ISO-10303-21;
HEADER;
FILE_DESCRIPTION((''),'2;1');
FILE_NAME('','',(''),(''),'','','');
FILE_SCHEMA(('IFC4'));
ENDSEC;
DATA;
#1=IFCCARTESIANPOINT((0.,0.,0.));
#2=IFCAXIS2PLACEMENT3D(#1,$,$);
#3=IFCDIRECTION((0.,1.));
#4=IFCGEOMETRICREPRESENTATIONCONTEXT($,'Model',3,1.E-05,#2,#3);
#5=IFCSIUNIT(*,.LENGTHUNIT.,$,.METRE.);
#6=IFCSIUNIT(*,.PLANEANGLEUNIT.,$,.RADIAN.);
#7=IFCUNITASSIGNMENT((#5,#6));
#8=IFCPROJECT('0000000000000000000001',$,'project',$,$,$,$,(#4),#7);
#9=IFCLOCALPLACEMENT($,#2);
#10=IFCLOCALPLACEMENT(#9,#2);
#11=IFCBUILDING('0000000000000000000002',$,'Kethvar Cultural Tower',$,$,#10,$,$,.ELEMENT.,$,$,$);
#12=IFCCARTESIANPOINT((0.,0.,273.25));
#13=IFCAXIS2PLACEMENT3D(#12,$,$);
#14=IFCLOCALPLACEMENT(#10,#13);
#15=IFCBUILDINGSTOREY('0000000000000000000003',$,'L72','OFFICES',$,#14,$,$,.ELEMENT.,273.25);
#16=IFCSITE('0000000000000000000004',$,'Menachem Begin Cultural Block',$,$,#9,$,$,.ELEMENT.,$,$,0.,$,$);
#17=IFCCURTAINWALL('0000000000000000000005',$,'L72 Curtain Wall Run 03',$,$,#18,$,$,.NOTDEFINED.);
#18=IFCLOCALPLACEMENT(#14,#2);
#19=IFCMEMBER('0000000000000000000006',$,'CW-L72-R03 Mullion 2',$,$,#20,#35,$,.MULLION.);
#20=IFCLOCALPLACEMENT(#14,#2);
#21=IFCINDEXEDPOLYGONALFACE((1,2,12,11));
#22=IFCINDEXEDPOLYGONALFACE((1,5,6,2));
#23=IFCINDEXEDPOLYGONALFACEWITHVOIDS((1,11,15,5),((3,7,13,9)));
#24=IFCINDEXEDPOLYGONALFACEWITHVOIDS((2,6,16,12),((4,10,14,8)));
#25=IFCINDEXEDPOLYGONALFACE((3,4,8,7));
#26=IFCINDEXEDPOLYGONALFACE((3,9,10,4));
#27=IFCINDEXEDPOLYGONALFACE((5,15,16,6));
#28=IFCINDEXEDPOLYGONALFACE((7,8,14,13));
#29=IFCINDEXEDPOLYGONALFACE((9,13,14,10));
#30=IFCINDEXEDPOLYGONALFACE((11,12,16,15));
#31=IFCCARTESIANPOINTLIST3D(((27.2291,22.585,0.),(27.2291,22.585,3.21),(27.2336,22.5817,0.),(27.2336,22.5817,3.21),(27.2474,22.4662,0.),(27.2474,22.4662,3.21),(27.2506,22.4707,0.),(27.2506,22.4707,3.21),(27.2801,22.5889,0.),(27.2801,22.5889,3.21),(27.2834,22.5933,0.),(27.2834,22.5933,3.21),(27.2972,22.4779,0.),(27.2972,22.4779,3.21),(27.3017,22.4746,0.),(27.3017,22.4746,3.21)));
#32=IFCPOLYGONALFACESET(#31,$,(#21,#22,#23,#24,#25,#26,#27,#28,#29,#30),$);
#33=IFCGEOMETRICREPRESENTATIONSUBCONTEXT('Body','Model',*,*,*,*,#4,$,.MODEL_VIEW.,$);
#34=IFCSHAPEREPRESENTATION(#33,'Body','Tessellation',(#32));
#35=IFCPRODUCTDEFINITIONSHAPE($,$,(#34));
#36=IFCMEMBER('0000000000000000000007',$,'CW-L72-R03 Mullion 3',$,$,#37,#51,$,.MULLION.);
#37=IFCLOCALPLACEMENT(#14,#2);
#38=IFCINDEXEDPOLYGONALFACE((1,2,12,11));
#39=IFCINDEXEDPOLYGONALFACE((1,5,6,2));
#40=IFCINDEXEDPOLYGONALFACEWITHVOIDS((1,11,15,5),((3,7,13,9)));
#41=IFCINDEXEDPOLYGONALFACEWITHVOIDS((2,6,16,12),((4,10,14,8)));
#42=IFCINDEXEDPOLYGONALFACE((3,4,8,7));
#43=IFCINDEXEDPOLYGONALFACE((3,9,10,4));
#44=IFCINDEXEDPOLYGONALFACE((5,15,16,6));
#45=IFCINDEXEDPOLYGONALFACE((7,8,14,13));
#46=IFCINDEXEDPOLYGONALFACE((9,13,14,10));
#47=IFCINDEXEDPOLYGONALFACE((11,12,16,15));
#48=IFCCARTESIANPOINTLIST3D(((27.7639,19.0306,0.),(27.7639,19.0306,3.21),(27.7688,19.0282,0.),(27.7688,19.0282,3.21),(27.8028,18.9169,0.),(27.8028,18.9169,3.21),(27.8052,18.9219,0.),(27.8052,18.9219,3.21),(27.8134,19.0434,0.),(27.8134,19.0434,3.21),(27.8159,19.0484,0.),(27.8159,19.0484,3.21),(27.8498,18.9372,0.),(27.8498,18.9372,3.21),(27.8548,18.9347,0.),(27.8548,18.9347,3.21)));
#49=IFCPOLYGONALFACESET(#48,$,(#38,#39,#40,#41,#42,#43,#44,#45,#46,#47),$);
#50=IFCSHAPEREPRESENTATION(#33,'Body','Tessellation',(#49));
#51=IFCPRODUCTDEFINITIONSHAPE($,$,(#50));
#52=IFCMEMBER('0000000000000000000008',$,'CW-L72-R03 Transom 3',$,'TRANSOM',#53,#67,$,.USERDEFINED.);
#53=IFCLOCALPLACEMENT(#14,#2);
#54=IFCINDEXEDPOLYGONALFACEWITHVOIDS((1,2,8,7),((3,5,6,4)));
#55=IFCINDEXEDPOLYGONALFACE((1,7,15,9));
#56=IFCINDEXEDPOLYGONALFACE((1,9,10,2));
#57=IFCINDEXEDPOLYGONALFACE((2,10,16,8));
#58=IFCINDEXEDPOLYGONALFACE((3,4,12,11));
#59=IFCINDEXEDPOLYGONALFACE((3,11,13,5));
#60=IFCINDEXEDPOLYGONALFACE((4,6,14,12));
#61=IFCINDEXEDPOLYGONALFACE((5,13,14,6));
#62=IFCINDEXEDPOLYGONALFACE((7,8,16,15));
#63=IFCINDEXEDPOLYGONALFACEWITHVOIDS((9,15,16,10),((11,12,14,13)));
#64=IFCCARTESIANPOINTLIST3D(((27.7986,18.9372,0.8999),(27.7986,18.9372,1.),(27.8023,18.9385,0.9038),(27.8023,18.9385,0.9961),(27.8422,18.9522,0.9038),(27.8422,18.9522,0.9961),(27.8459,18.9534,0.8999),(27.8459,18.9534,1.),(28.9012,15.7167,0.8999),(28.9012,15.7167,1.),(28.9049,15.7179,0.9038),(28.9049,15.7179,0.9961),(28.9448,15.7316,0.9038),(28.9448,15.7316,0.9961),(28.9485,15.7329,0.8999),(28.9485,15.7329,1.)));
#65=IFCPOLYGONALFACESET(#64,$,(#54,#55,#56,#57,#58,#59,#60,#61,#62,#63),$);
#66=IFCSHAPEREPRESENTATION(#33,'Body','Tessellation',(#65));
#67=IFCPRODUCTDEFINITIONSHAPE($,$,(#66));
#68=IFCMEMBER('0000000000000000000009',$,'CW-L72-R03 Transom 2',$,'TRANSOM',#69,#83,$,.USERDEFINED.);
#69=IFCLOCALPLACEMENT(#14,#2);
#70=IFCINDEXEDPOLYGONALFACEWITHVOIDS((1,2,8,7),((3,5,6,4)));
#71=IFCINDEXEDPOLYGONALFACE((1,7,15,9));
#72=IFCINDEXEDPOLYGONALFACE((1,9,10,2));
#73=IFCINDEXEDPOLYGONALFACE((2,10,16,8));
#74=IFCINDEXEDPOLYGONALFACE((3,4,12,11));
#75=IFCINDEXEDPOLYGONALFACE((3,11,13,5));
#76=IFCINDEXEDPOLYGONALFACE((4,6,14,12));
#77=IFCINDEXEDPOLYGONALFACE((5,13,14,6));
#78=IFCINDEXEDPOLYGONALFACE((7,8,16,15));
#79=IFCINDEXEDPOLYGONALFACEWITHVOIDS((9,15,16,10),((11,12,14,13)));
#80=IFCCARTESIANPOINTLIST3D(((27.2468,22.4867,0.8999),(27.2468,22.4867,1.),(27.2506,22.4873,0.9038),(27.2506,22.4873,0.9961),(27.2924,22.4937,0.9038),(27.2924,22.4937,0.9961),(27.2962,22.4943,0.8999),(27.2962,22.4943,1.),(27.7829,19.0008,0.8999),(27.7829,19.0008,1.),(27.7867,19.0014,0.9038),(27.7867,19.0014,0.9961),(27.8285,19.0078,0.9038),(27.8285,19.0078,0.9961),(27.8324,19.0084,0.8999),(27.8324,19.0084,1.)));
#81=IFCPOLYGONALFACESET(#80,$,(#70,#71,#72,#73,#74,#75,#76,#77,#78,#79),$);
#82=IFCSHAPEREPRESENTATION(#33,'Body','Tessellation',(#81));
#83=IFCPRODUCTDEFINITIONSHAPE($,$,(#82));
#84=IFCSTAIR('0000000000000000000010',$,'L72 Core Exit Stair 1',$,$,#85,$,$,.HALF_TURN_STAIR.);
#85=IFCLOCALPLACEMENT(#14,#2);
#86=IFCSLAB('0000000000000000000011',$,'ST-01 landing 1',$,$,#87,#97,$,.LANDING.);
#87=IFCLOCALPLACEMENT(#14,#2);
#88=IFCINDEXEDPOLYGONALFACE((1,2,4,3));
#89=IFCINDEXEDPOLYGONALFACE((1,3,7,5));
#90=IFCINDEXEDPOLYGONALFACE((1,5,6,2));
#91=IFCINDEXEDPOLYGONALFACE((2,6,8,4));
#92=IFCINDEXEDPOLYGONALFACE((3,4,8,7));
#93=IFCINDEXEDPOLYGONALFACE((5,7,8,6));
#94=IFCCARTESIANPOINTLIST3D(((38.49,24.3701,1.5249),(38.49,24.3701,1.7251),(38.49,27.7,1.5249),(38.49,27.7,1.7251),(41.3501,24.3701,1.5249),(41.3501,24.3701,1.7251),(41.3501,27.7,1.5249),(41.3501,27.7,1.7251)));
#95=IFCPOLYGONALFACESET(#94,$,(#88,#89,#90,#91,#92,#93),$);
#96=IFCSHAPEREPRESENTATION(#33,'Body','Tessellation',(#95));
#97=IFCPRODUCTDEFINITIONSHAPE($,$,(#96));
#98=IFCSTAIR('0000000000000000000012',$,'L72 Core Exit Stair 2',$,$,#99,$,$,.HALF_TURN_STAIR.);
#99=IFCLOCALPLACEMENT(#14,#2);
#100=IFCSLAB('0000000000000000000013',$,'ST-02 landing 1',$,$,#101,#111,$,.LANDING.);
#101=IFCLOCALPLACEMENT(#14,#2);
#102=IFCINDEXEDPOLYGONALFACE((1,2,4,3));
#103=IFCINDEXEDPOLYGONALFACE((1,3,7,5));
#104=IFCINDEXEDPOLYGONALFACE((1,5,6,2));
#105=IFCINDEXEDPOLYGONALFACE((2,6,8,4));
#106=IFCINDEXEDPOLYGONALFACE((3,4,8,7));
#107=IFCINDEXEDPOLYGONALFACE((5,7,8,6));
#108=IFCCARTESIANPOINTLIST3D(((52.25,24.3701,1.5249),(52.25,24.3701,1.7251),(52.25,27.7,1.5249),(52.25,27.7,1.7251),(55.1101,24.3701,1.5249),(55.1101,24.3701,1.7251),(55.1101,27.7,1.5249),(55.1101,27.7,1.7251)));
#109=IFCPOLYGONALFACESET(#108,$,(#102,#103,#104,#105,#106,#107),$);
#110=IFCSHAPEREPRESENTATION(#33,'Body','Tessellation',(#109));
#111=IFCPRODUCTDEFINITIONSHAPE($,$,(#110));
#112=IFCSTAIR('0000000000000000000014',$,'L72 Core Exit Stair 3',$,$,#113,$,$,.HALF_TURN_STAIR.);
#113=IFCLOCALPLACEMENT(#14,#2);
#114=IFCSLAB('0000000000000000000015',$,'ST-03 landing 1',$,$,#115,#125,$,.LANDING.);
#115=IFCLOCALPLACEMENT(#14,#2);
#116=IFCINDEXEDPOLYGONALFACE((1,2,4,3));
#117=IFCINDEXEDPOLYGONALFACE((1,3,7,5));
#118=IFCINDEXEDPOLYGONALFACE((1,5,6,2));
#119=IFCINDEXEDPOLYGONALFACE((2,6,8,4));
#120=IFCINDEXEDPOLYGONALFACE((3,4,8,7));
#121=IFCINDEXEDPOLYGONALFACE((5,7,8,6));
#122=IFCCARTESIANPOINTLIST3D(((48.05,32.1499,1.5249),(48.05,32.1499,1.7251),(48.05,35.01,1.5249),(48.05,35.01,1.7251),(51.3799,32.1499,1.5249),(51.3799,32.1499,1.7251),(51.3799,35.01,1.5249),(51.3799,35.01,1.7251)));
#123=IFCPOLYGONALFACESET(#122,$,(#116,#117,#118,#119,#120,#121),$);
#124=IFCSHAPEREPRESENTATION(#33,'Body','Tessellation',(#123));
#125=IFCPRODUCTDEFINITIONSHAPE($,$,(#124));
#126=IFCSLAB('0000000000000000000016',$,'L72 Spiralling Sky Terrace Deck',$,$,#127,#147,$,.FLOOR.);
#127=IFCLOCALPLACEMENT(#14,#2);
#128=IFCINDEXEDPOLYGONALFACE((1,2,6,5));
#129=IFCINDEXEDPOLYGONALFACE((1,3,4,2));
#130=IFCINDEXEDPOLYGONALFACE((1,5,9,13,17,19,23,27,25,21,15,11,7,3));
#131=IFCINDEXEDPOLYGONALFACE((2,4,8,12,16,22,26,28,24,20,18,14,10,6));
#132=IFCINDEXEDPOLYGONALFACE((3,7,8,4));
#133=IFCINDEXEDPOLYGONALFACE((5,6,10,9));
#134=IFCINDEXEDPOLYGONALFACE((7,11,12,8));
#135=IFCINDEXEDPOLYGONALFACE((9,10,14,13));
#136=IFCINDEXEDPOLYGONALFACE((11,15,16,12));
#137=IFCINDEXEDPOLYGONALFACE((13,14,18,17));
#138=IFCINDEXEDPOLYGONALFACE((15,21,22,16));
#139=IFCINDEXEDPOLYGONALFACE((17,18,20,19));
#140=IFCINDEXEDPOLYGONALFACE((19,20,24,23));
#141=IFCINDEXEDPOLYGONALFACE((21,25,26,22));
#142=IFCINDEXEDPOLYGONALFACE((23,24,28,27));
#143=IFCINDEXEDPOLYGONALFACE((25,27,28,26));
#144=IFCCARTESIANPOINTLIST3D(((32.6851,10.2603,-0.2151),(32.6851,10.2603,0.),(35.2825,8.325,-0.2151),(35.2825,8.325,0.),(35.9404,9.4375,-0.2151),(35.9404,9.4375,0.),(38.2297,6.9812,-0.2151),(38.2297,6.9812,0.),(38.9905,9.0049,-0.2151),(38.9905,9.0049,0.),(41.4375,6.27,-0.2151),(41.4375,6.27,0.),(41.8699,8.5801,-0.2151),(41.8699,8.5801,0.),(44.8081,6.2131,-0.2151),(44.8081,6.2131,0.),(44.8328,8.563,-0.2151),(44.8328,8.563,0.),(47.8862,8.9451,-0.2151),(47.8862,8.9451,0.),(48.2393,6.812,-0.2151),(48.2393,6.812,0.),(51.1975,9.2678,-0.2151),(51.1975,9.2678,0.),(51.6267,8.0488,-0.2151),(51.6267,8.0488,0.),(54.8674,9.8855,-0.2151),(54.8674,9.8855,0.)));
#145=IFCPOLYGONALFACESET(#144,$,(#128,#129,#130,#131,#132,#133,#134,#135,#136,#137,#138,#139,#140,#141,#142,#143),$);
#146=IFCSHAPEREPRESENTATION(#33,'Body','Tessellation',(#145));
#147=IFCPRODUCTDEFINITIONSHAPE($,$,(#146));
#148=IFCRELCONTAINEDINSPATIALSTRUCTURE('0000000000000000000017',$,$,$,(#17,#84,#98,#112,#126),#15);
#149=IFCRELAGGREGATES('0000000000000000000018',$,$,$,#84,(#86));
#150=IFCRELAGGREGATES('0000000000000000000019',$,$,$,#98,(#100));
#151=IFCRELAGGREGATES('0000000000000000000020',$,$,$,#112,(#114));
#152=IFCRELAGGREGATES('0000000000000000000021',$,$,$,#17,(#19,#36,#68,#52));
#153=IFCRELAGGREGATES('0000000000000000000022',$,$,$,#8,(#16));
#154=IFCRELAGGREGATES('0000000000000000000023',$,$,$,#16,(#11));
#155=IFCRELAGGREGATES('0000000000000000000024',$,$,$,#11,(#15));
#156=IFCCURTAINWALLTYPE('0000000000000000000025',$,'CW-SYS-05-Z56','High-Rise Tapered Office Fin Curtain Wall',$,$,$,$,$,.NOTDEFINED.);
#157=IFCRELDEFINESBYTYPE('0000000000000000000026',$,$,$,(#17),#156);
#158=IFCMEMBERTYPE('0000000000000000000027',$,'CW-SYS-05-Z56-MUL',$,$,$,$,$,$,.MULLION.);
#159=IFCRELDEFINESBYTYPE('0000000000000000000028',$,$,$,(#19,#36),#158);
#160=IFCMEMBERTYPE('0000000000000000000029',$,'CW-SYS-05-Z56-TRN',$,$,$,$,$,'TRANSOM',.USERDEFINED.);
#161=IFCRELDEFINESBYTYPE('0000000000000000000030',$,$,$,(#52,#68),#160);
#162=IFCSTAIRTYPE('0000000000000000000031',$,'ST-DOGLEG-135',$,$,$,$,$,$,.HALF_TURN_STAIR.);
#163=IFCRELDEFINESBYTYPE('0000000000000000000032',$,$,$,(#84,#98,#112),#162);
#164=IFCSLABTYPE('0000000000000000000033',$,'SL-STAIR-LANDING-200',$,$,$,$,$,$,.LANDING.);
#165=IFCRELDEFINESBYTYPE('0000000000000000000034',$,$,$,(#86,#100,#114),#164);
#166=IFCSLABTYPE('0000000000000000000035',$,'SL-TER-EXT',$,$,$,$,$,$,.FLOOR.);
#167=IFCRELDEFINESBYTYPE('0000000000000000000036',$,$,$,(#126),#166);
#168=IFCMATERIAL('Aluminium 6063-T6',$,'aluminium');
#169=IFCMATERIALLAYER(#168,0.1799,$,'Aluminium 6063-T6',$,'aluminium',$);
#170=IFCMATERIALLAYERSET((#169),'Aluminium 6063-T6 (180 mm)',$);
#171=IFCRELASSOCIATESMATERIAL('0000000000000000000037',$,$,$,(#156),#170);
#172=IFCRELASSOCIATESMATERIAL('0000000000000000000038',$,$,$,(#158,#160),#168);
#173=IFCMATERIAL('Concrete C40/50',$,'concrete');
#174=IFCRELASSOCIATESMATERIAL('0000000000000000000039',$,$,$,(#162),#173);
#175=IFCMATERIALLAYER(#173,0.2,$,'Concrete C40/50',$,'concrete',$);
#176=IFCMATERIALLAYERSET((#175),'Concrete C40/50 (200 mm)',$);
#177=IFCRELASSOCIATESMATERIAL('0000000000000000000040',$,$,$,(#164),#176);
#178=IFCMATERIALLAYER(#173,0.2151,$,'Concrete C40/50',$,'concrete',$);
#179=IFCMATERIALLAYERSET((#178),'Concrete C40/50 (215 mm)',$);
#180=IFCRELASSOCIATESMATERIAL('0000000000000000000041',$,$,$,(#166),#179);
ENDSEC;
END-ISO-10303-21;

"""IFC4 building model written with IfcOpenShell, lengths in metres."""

from ifc_helpers import new_model, si_unit, direction, frame, origin, origin_2d, place, context, subcontext, project, spatial, polyline, hollow_rectangle, outline, extrude, source, transform, mapped, material, layer, layer_set, material_profile, profile_set, type_object, element, aggregate, save


model = new_model("IFC4")

# Units and contexts
model_context = context("Model", 3, precision=1e-05, world=origin(), true_north=direction((0.0, 1.0)))
body_context = subcontext(model_context, "Body", "Model", "MODEL_VIEW")
ifc_project = project(units=[si_unit("LENGTHUNIT", "METRE"), si_unit("PLANEANGLEUNIT", "RADIAN")], contexts=[model_context])

# Site, building, storey
site_placement = place(None, origin())
site = spatial("IfcSite", under=ifc_project, at=site_placement, Name="Menachem Begin Cultural Block", CompositionType="ELEMENT", RefElevation=0.0)
building_placement = place(site_placement, origin())
building = spatial("IfcBuilding", under=site, at=building_placement, Name="Kethvar Cultural Tower", CompositionType="ELEMENT")
storey_placement = place(building_placement, frame((0.0, 0.0, 273.25)))
storey = spatial("IfcBuildingStorey", under=building, at=storey_placement, Name="L72", Description="OFFICES", CompositionType="ELEMENT", Elevation=273.25)

# Curtain wall, members
ifc_material_1 = material(Name="Aluminium 6063-T6", Category="aluminium")
ifc_layer_1 = layer(ifc_material_1, 0.1799, Name="Aluminium 6063-T6", Category="aluminium")
ifc_layer_set_1 = layer_set([ifc_layer_1], Name="Aluminium 6063-T6 (180 mm)")
curtain_wall_type = type_object("IfcCurtainWallType", Name="CW-SYS-05-Z56", Description="High-Rise Tapered Office Fin Curtain Wall", PredefinedType="NOTDEFINED", material=ifc_layer_set_1)
curtain_wall_placement = place(storey_placement, origin())
curtain_wall = element("IfcCurtainWall", 1, at=curtain_wall_placement, inside=storey, type_object=curtain_wall_type, Name="L72 Curtain Wall Run 03", PredefinedType="NOTDEFINED")
ifc_material_profile_1 = material_profile(ifc_material_1, hollow_rectangle(XDim=0.0549, YDim=0.1201, WallThickness=0.0039, at=origin_2d()), Name="Aluminium 6063-T6 — RHS120x55x4")
ifc_profile_set_1 = profile_set([ifc_material_profile_1], Name="Aluminium 6063-T6 — RHS120x55x4")
member_type_1 = type_object("IfcMemberType", Name="CW-SYS-05-Z56-MUL", PredefinedType="MULLION", material=ifc_profile_set_1)
shared_shape_1 = source(origin(), body_context, "Body", "SweptSolid", [
    extrude(hollow_rectangle(XDim=0.0549, YDim=0.1201, WallThickness=0.0039, at=origin_2d()), origin(), (0.0, 0.0, 1.0), 3.21),
])
member_1_placement = place(storey_placement, frame((27.2654, 22.5298, 0.0), z_axis=(0.0, 0.0, 1.0), x_axis=(0.988377, 0.15202, 0.0)))
member_1 = element("IfcMember", 2, at=member_1_placement, type_object=member_type_1, Name="CW-L72-R03 Mullion 2", PredefinedType="MULLION", context=body_context, shape_type="MappedRepresentation", body=[
    mapped(shared_shape_1, transform((0.0, 0.0, 0.0), scale=1.0)),
])
member_2_placement = place(storey_placement, frame((27.8093, 18.9827, 0.0), z_axis=(0.0, 0.0, 1.0), x_axis=(0.946097, 0.323884, 0.0)))
member_2 = element("IfcMember", 3, at=member_2_placement, type_object=member_type_1, Name="CW-L72-R03 Mullion 3", PredefinedType="MULLION", context=body_context, shape_type="MappedRepresentation", body=[
    mapped(shared_shape_1, transform((0.0, 0.0, 0.0), scale=1.0)),
])
ifc_material_profile_2 = material_profile(ifc_material_1, hollow_rectangle(XDim=0.05, YDim=0.1001, WallThickness=0.0039, at=origin_2d()), Name="Aluminium 6063-T6 — RHS100x50x4")
ifc_profile_set_2 = profile_set([ifc_material_profile_2], Name="Aluminium 6063-T6 — RHS100x50x4")
member_type_2 = type_object("IfcMemberType", Name="CW-SYS-05-Z56-TRN", ElementType="TRANSOM", PredefinedType="USERDEFINED", material=ifc_profile_set_2)
shared_shape_2 = source(origin(), body_context, "Body", "SweptSolid", [
    extrude(hollow_rectangle(XDim=0.05, YDim=0.1001, WallThickness=0.0039, at=origin_2d()), origin(), (0.0, 0.0, 1.0), 3.4041),
])
member_3_placement = place(storey_placement, frame((27.8223, 18.9453, 0.95), z_axis=(0.323899, -0.946092, 0.0), x_axis=(0.946092, 0.323899, 0.0)))
member_3 = element("IfcMember", 4, at=member_3_placement, type_object=member_type_2, Name="CW-L72-R03 Transom 3", ObjectType="TRANSOM", PredefinedType="USERDEFINED", context=body_context, shape_type="MappedRepresentation", body=[
    mapped(shared_shape_2, transform((0.0, 0.0, 0.0), scale=1.0)),
])
shared_shape_3 = source(origin(), body_context, "Body", "SweptSolid", [
    extrude(hollow_rectangle(XDim=0.05, YDim=0.1001, WallThickness=0.0039, at=origin_2d()), origin(), (0.0, 0.0, 1.0), 3.5269),
])
member_4_placement = place(storey_placement, frame((27.2715, 22.4905, 0.95), z_axis=(0.152016, -0.988378, 0.0), x_axis=(0.988378, 0.152016, 0.0)))
member_4 = element("IfcMember", 5, at=member_4_placement, type_object=member_type_2, Name="CW-L72-R03 Transom 2", ObjectType="TRANSOM", PredefinedType="USERDEFINED", context=body_context, shape_type="MappedRepresentation", body=[
    mapped(shared_shape_3, transform((0.0, 0.0, 0.0), scale=1.0)),
])

# Stairs, slabs
ifc_material_2 = material(Name="Concrete C40/50", Category="concrete")
stair_type = type_object("IfcStairType", Name="ST-DOGLEG-135", PredefinedType="HALF_TURN_STAIR", material=ifc_material_2)
stair_1_placement = place(storey_placement, origin())
stair_1 = element("IfcStair", 6, at=stair_1_placement, inside=storey, type_object=stair_type, Name="L72 Core Exit Stair 1", PredefinedType="HALF_TURN_STAIR")
ifc_layer_2 = layer(ifc_material_2, 0.2, Name="Concrete C40/50", Category="concrete")
ifc_layer_set_2 = layer_set([ifc_layer_2], Name="Concrete C40/50 (200 mm)")
slab_type_1 = type_object("IfcSlabType", Name="SL-STAIR-LANDING-200", PredefinedType="LANDING", material=ifc_layer_set_2)
slab_1_placement = place(storey_placement, frame((0.0, 0.0, 1.5249)))
slab_1 = element("IfcSlab", 7, at=slab_1_placement, type_object=slab_type_1, Name="ST-01 landing 1", PredefinedType="LANDING", context=body_context, shape_type="SweptSolid", body=[
    extrude(outline(polyline([(41.3501, 24.3701), (41.3501, 27.7), (38.49, 27.7), (38.49, 24.3701), (41.3501, 24.3701)])), origin(), (0.0, 0.0, 1.0), 0.2002),
])
aggregate(stair_1, [slab_1])
stair_2_placement = place(storey_placement, origin())
stair_2 = element("IfcStair", 8, at=stair_2_placement, inside=storey, type_object=stair_type, Name="L72 Core Exit Stair 2", PredefinedType="HALF_TURN_STAIR")
slab_2_placement = place(storey_placement, frame((0.0, 0.0, 1.5249)))
slab_2 = element("IfcSlab", 9, at=slab_2_placement, type_object=slab_type_1, Name="ST-02 landing 1", PredefinedType="LANDING", context=body_context, shape_type="SweptSolid", body=[
    extrude(outline(polyline([(55.1101, 24.3701), (55.1101, 27.7), (52.25, 27.7), (52.25, 24.3701), (55.1101, 24.3701)])), origin(), (0.0, 0.0, 1.0), 0.2002),
])
aggregate(stair_2, [slab_2])
stair_3_placement = place(storey_placement, origin())
stair_3 = element("IfcStair", 10, at=stair_3_placement, inside=storey, type_object=stair_type, Name="L72 Core Exit Stair 3", PredefinedType="HALF_TURN_STAIR")
slab_3_placement = place(storey_placement, frame((0.0, 0.0, 1.5249)))
slab_3 = element("IfcSlab", 11, at=slab_3_placement, type_object=slab_type_1, Name="ST-03 landing 1", PredefinedType="LANDING", context=body_context, shape_type="SweptSolid", body=[
    extrude(outline(polyline([(51.3799, 35.01), (48.05, 35.01), (48.05, 32.1499), (51.3799, 32.1499), (51.3799, 35.01)])), origin(), (0.0, 0.0, 1.0), 0.2002),
])
aggregate(stair_3, [slab_3])

# Slab
ifc_layer_3 = layer(ifc_material_2, 0.2151, Name="Concrete C40/50", Category="concrete")
ifc_layer_set_3 = layer_set([ifc_layer_3], Name="Concrete C40/50 (215 mm)")
slab_type_2 = type_object("IfcSlabType", Name="SL-TER-EXT", PredefinedType="FLOOR", material=ifc_layer_set_3)
slab_4_placement = place(storey_placement, frame((0.0, 0.0, -0.2151)))
element("IfcSlab", 12, at=slab_4_placement, inside=storey, type_object=slab_type_2, Name="L72 Spiralling Sky Terrace Deck", PredefinedType="FLOOR", context=body_context, shape_type="SweptSolid", body=[
    extrude(outline(polyline([(32.6851, 10.2603), (35.2825, 8.325), (38.2297, 6.9812), (41.4375, 6.27), (44.8081, 6.2131), (48.2393, 6.812), (51.6267, 8.0488), (54.8674, 9.8855), (51.1975, 9.2678), (47.8862, 8.9451), (44.8328, 8.563), (41.8699, 8.5801), (38.9905, 9.0049), (35.9404, 9.4375), (32.6851, 10.2603)])), origin(), (0.0, 0.0, 1.0), 0.2151),
])

aggregate(curtain_wall, [member_1, member_2, member_4, member_3])

save(model, "model.ifc")
